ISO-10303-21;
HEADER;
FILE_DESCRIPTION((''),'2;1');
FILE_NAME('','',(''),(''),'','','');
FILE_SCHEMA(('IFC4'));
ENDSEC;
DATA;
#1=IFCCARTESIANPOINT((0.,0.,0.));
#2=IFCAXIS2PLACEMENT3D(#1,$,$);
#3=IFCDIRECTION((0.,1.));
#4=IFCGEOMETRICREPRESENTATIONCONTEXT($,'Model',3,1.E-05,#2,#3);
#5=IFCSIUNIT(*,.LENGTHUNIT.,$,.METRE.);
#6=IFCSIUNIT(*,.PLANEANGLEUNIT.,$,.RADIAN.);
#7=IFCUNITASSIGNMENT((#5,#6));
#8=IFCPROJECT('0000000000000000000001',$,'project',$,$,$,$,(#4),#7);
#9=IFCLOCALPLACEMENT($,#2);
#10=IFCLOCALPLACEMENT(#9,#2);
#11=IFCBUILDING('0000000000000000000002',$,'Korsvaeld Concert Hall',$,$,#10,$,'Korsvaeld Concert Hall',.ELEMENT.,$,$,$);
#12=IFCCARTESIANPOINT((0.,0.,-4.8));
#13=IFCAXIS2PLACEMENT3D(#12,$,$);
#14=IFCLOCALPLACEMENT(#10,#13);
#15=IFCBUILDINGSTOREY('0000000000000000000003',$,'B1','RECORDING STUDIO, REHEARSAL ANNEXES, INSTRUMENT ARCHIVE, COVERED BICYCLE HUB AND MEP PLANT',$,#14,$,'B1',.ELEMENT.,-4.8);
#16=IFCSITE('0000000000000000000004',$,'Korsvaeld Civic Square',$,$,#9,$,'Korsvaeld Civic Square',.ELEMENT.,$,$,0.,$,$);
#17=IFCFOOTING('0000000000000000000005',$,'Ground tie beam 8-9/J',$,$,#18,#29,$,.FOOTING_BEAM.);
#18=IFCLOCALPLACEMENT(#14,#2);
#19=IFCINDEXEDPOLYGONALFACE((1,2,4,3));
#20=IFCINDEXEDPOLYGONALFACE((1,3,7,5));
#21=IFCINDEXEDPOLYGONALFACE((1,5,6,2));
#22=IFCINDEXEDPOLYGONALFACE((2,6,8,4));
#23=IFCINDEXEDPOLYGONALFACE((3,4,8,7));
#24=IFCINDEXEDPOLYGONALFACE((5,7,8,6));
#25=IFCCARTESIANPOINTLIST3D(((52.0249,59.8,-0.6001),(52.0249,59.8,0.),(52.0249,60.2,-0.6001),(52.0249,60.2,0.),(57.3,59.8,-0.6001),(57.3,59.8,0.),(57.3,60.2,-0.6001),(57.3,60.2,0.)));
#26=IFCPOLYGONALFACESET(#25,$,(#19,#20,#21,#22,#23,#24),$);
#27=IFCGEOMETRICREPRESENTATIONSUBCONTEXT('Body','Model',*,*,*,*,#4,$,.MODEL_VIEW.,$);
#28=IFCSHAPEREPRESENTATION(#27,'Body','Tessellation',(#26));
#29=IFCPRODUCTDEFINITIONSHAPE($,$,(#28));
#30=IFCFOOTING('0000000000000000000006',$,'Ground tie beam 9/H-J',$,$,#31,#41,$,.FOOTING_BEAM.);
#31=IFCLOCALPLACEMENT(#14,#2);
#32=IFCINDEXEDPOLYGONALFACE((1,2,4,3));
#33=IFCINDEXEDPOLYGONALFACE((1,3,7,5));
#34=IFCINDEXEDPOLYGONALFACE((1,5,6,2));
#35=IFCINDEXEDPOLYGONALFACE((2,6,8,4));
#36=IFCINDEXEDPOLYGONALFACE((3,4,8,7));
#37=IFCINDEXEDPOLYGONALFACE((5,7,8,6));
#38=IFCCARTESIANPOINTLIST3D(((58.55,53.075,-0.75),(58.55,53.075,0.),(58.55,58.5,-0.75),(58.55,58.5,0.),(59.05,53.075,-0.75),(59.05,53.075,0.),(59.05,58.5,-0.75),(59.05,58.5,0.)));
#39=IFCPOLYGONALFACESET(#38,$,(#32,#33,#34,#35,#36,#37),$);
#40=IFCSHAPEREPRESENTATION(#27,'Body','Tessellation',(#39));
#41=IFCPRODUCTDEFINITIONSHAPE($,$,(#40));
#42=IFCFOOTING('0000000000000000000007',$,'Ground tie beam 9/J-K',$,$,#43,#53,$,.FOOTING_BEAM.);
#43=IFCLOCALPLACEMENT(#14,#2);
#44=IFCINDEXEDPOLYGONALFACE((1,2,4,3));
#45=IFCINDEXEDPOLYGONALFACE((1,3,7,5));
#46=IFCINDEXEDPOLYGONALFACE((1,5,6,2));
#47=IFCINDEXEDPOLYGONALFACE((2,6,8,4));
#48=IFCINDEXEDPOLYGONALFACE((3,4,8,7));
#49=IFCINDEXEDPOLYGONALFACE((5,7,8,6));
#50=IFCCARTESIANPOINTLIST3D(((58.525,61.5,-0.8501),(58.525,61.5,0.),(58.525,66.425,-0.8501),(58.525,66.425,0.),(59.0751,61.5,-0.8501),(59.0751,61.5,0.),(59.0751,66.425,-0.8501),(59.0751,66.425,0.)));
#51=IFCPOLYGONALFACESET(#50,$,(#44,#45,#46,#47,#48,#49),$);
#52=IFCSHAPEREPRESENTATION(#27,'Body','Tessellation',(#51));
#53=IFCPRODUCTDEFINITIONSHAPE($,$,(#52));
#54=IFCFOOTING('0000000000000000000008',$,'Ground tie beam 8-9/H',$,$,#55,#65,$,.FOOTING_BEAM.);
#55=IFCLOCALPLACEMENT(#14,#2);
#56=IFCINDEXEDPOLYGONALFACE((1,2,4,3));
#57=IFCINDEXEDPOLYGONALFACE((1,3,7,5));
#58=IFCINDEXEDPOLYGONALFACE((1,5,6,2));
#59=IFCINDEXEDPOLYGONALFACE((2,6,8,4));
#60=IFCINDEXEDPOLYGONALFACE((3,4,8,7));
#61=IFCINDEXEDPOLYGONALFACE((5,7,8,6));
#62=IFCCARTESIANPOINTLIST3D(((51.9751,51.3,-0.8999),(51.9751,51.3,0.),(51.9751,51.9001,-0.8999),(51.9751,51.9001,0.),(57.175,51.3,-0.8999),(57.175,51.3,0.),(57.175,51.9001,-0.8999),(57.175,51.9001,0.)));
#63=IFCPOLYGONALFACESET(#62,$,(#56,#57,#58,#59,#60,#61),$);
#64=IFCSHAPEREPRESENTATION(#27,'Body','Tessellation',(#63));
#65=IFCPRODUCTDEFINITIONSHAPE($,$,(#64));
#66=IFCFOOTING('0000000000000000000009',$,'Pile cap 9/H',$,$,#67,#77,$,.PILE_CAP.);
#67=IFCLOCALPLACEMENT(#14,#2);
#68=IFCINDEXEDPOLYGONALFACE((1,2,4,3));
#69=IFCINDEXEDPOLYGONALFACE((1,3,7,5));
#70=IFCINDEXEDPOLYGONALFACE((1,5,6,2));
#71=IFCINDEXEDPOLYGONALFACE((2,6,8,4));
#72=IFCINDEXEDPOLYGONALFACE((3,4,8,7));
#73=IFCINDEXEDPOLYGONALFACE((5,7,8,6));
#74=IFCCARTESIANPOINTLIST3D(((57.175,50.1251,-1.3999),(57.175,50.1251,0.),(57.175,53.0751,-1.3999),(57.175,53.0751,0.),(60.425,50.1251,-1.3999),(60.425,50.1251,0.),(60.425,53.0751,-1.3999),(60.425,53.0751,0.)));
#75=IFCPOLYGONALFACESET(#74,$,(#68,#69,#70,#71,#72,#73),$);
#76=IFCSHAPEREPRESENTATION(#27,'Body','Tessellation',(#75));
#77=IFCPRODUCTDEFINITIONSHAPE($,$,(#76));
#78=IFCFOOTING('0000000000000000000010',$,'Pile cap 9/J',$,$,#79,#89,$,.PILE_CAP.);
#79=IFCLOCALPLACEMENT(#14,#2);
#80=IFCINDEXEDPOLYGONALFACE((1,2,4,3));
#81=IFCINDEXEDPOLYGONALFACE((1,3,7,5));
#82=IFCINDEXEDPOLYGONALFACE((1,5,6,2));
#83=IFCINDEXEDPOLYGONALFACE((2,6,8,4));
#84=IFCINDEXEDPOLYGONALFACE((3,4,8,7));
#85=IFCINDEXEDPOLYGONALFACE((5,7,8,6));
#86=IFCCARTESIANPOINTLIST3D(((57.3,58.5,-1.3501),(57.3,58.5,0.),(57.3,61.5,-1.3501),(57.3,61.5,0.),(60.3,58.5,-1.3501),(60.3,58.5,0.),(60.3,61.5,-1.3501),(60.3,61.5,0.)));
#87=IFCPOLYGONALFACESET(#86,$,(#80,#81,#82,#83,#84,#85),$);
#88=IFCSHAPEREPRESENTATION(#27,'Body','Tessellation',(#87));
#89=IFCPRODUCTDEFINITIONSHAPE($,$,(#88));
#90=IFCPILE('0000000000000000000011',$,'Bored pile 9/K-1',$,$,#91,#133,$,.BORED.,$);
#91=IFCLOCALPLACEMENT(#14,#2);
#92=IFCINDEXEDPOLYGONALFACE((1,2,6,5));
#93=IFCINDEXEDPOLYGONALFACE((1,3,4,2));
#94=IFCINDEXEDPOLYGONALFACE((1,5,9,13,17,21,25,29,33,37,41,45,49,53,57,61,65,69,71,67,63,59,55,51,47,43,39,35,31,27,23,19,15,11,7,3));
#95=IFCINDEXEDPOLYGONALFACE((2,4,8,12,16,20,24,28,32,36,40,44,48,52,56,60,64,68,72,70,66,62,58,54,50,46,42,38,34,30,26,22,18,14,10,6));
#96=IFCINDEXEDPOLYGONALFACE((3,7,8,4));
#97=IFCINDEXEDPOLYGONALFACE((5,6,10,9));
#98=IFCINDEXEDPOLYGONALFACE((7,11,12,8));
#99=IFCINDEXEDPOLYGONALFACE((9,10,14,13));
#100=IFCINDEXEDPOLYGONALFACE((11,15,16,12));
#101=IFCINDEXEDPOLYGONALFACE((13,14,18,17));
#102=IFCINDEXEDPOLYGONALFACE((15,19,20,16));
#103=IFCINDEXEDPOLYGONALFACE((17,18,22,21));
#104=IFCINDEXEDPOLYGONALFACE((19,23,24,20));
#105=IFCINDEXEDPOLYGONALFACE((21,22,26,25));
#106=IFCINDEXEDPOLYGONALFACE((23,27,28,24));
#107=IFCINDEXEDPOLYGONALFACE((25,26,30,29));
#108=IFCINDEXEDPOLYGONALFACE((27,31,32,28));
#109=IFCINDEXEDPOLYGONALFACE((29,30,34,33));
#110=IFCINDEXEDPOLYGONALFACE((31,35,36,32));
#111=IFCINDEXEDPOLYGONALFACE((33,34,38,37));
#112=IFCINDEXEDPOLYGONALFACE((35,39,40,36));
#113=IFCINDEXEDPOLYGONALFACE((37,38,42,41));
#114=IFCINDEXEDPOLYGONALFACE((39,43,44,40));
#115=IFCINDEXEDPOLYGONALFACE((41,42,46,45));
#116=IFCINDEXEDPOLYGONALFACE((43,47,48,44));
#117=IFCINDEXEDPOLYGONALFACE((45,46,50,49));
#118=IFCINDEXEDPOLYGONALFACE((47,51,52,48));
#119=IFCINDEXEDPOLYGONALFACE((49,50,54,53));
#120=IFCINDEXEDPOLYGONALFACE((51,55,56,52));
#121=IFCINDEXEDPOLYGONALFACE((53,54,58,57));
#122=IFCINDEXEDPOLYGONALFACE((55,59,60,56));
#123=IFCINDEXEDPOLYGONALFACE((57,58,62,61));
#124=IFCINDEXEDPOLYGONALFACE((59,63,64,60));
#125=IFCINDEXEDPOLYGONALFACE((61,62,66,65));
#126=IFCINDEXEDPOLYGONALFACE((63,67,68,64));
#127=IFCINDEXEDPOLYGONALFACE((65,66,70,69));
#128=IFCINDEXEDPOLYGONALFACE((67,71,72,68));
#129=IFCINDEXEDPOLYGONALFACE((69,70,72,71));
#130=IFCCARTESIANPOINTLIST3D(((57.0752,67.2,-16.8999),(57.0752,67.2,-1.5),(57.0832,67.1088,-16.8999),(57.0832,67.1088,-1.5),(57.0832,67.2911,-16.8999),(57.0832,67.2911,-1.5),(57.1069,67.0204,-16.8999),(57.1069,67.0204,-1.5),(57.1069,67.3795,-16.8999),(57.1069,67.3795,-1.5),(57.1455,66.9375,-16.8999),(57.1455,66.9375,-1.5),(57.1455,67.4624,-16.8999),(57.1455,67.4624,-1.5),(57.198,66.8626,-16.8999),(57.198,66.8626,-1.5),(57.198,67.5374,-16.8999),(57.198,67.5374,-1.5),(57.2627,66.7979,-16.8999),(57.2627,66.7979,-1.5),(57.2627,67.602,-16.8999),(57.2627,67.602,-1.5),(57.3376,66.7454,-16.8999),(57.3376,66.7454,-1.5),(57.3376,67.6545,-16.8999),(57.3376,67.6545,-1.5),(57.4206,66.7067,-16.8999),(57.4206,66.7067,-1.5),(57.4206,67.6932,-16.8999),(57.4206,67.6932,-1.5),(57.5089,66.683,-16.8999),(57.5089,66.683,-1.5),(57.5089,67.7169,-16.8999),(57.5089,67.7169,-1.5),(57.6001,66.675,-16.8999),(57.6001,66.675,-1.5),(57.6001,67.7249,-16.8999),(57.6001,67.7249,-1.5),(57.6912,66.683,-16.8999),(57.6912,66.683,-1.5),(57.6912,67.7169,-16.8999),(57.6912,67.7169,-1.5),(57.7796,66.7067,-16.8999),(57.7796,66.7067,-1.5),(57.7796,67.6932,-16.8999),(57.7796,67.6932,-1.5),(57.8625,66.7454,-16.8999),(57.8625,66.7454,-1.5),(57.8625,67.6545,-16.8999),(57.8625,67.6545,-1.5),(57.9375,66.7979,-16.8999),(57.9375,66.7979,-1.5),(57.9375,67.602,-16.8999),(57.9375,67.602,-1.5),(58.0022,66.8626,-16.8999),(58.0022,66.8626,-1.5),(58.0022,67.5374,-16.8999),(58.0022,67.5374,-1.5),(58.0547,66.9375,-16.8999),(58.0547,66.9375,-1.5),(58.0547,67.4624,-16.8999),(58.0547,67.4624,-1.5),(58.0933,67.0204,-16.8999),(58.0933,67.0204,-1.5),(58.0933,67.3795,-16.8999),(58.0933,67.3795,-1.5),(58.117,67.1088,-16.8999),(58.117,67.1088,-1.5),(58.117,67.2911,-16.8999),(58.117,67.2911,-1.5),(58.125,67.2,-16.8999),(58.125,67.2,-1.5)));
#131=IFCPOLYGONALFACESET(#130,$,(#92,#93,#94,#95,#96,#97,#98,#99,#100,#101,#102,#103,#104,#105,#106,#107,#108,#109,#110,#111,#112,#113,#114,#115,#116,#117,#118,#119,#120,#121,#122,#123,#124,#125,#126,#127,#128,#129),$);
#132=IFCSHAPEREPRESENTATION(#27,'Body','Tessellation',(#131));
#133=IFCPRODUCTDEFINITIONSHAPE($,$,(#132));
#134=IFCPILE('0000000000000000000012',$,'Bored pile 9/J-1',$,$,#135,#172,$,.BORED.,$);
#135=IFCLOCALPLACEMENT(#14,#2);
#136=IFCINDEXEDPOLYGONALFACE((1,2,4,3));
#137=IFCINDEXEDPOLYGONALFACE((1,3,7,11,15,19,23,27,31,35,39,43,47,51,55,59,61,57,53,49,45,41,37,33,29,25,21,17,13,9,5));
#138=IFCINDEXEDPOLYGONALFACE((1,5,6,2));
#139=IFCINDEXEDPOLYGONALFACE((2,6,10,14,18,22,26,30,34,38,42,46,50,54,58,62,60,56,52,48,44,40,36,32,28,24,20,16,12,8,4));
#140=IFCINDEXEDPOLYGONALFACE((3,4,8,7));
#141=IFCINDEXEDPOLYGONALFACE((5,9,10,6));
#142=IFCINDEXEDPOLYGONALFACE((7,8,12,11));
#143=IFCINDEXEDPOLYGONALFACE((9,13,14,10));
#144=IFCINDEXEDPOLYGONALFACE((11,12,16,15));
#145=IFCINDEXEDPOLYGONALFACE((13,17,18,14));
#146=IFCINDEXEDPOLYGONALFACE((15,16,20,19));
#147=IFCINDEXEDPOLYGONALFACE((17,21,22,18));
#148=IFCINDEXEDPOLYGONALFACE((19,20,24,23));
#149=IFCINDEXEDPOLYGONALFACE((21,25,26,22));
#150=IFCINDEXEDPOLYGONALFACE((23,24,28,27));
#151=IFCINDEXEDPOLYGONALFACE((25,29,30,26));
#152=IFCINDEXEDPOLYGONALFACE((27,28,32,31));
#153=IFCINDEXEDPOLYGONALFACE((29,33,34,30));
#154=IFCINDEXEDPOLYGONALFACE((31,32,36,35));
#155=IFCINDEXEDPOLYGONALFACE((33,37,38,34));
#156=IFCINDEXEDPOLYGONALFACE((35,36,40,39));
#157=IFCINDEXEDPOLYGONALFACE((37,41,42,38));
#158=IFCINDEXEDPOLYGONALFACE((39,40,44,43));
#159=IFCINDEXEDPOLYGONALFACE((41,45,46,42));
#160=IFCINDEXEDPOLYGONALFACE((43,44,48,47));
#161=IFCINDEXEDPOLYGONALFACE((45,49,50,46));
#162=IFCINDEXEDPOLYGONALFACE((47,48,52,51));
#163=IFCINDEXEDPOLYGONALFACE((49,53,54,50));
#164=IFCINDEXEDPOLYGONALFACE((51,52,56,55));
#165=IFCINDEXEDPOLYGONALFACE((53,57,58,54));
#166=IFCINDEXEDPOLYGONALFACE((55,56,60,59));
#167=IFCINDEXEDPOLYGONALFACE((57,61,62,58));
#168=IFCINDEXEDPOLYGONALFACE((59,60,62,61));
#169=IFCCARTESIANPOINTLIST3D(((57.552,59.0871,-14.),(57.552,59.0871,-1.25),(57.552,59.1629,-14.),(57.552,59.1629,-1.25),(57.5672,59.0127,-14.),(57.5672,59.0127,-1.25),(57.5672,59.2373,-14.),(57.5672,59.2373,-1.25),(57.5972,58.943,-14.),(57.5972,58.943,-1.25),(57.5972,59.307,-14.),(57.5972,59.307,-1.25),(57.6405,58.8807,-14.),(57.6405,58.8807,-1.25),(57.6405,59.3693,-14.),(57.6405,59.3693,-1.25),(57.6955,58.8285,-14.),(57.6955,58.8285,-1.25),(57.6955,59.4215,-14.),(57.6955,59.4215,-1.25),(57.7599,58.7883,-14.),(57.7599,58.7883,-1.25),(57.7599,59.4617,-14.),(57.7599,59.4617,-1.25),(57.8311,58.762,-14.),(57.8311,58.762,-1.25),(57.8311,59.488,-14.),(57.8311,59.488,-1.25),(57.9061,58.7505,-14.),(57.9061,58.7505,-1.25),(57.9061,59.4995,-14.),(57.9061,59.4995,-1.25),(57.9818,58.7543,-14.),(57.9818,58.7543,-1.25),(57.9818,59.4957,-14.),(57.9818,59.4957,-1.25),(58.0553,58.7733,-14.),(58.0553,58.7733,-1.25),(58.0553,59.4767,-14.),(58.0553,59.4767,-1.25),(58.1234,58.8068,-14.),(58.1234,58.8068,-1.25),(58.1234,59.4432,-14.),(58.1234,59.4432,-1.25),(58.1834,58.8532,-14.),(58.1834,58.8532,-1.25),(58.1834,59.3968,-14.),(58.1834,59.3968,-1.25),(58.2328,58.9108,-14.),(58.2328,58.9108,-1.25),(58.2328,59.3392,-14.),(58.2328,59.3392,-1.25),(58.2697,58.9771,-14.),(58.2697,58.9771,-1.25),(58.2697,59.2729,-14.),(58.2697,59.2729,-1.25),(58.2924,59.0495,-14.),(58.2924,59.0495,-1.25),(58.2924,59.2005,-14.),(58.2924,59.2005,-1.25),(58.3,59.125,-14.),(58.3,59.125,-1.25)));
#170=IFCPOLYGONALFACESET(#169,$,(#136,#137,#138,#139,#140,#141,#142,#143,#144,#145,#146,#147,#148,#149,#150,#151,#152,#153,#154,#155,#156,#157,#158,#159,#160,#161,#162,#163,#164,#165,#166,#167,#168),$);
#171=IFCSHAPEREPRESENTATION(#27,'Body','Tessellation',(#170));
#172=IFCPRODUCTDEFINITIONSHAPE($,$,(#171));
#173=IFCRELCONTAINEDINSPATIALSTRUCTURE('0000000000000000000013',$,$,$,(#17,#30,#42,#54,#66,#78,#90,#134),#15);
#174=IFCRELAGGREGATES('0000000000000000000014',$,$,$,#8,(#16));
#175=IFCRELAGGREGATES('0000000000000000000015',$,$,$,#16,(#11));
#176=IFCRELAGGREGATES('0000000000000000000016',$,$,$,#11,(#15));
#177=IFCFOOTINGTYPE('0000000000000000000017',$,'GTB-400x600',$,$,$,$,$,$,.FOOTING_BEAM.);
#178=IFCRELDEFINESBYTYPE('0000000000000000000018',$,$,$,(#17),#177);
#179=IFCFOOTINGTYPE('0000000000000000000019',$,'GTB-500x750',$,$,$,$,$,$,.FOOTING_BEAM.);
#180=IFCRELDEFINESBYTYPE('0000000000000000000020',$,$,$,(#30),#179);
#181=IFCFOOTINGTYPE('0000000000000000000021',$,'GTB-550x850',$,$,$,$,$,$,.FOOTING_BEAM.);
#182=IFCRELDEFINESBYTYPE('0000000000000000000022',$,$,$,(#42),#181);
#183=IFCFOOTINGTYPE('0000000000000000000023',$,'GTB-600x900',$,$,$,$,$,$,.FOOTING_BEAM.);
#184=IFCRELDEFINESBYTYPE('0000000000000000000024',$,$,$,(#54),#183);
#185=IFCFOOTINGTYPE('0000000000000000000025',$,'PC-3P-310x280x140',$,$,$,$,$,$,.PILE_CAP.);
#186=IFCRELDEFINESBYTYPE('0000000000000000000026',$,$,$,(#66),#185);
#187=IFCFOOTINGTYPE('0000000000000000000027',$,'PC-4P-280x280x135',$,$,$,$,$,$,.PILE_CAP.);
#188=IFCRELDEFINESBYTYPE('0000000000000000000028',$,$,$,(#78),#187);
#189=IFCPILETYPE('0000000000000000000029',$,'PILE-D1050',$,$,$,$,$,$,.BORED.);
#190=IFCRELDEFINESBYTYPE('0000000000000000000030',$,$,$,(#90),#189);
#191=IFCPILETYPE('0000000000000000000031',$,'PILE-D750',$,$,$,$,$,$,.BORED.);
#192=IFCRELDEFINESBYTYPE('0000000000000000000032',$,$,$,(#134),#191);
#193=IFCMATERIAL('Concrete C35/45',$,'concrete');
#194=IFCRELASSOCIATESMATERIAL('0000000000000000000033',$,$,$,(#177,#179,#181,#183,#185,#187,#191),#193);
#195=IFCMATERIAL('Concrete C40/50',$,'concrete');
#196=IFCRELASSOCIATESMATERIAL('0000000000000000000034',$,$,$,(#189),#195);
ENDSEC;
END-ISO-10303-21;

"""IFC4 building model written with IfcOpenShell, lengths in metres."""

from ifc_helpers import new_model, si_unit, direction, frame, origin, origin_2d, place, context, subcontext, project, spatial, rectangle, circle, extrude, material, material_profile, profile_set, type_object, element, save


model = new_model("IFC4")

# Units and contexts
model_context = context("Model", 3, precision=1e-05, world=origin(), true_north=direction((0.0, 1.0)))
body_context = subcontext(model_context, "Body", "Model", "MODEL_VIEW")
ifc_project = project(units=[si_unit("LENGTHUNIT", "METRE"), si_unit("PLANEANGLEUNIT", "RADIAN")], contexts=[model_context])

# Site, building, storey
site_placement = place(None, origin())
site = spatial("IfcSite", under=ifc_project, at=site_placement, Name="Korsvaeld Civic Square", LongName="Korsvaeld Civic Square", CompositionType="ELEMENT", RefElevation=0.0)
building_placement = place(site_placement, origin())
building = spatial("IfcBuilding", under=site, at=building_placement, Name="Korsvaeld Concert Hall", LongName="Korsvaeld Concert Hall", CompositionType="ELEMENT")
storey_placement = place(building_placement, frame((0.0, 0.0, -4.8)))
storey = spatial("IfcBuildingStorey", under=building, at=storey_placement, Name="B1", Description="RECORDING STUDIO, REHEARSAL ANNEXES, INSTRUMENT ARCHIVE, COVERED BICYCLE HUB AND MEP PLANT", LongName="B1", CompositionType="ELEMENT", Elevation=-4.8)

# Footings
ifc_material_1 = material(Name="Concrete C35/45", Category="concrete")
ifc_material_profile_1 = material_profile(ifc_material_1, rectangle(XDim=0.3999, YDim=0.6001, at=origin_2d()), Name="GTB 400x600")
ifc_profile_set_1 = profile_set([ifc_material_profile_1], Name="Concrete C35/45")
footing_type_1 = type_object("IfcFootingType", Name="GTB-400x600", PredefinedType="FOOTING_BEAM", material=ifc_profile_set_1)
footing_1_placement = place(storey_placement, frame((52.0249, 60.0, -0.3), z_axis=(1.0, 0.0, 0.0), x_axis=(0.0, 1.0, 0.0)))
element("IfcFooting", 1, at=footing_1_placement, inside=storey, type_object=footing_type_1, Name="Ground tie beam 8-9/J", PredefinedType="FOOTING_BEAM", context=body_context, shape_type="SweptSolid", body=[
    extrude(rectangle(XDim=0.3999, YDim=0.6001, at=origin_2d()), origin(), (0.0, 0.0, 1.0), 5.2751),
])
ifc_material_profile_2 = material_profile(ifc_material_1, rectangle(XDim=0.5, YDim=0.75, at=origin_2d()), Name="GTB 500x750")
ifc_profile_set_2 = profile_set([ifc_material_profile_2], Name="Concrete C35/45")
footing_type_2 = type_object("IfcFootingType", Name="GTB-500x750", PredefinedType="FOOTING_BEAM", material=ifc_profile_set_2)
footing_2_placement = place(storey_placement, frame((58.8, 53.075, -0.375), z_axis=(0.0, 1.0, 0.0), x_axis=(-1.0, 0.0, 0.0)))
element("IfcFooting", 2, at=footing_2_placement, inside=storey, type_object=footing_type_2, Name="Ground tie beam 9/H-J", PredefinedType="FOOTING_BEAM", context=body_context, shape_type="SweptSolid", body=[
    extrude(rectangle(XDim=0.5, YDim=0.75, at=origin_2d()), origin(), (0.0, 0.0, 1.0), 5.425),
])
ifc_material_profile_3 = material_profile(ifc_material_1, rectangle(XDim=0.55, YDim=0.8501, at=origin_2d()), Name="GTB 550x850")
ifc_profile_set_3 = profile_set([ifc_material_profile_3], Name="Concrete C35/45")
footing_type_3 = type_object("IfcFootingType", Name="GTB-550x850", PredefinedType="FOOTING_BEAM", material=ifc_profile_set_3)
footing_3_placement = place(storey_placement, frame((58.8, 61.5, -0.425), z_axis=(0.0, 1.0, 0.0), x_axis=(-1.0, 0.0, 0.0)))
element("IfcFooting", 3, at=footing_3_placement, inside=storey, type_object=footing_type_3, Name="Ground tie beam 9/J-K", PredefinedType="FOOTING_BEAM", context=body_context, shape_type="SweptSolid", body=[
    extrude(rectangle(XDim=0.55, YDim=0.8501, at=origin_2d()), origin(), (0.0, 0.0, 1.0), 4.925),
])
ifc_material_profile_4 = material_profile(ifc_material_1, rectangle(XDim=0.6001, YDim=0.8999, at=origin_2d()), Name="GTB 600x900")
ifc_profile_set_4 = profile_set([ifc_material_profile_4], Name="Concrete C35/45")
footing_type_4 = type_object("IfcFootingType", Name="GTB-600x900", PredefinedType="FOOTING_BEAM", material=ifc_profile_set_4)
footing_4_placement = place(storey_placement, frame((51.9751, 51.6001, -0.45), z_axis=(1.0, 0.0, 0.0), x_axis=(0.0, 1.0, 0.0)))
element("IfcFooting", 4, at=footing_4_placement, inside=storey, type_object=footing_type_4, Name="Ground tie beam 8-9/H", PredefinedType="FOOTING_BEAM", context=body_context, shape_type="SweptSolid", body=[
    extrude(rectangle(XDim=0.6001, YDim=0.8999, at=origin_2d()), origin(), (0.0, 0.0, 1.0), 5.2),
])
footing_type_5 = type_object("IfcFootingType", Name="PC-3P-310x280x140", PredefinedType="PILE_CAP", material=ifc_material_1)
footing_5_placement = place(storey_placement, frame((58.8, 51.6001, -1.3999), z_axis=(0.0, 0.0, 1.0), x_axis=(1.0, 0.0, 0.0)))
element("IfcFooting", 5, at=footing_5_placement, inside=storey, type_object=footing_type_5, Name="Pile cap 9/H", PredefinedType="PILE_CAP", context=body_context, shape_type="SweptSolid", body=[
    extrude(rectangle(XDim=3.25, YDim=2.95, at=origin_2d()), origin(), (0.0, 0.0, 1.0), 1.3999),
])
footing_type_6 = type_object("IfcFootingType", Name="PC-4P-280x280x135", PredefinedType="PILE_CAP", material=ifc_material_1)
footing_6_placement = place(storey_placement, frame((58.8, 60.0, -1.3501), z_axis=(0.0, 0.0, 1.0), x_axis=(1.0, 0.0, 0.0)))
element("IfcFooting", 6, at=footing_6_placement, inside=storey, type_object=footing_type_6, Name="Pile cap 9/J", PredefinedType="PILE_CAP", context=body_context, shape_type="SweptSolid", body=[
    extrude(rectangle(XDim=3.0, YDim=3.0, at=origin_2d()), origin(), (0.0, 0.0, 1.0), 1.3501),
])

# Piles
ifc_material_2 = material(Name="Concrete C40/50", Category="concrete")
ifc_material_profile_5 = material_profile(ifc_material_2, circle(Radius=0.5249, at=origin_2d()), Name="BORED PILE D1050")
ifc_profile_set_5 = profile_set([ifc_material_profile_5], Name="Concrete C40/50")
pile_type_1 = type_object("IfcPileType", Name="PILE-D1050", PredefinedType="BORED", material=ifc_profile_set_5)
pile_1_placement = place(storey_placement, frame((57.6001, 67.2, -1.5), z_axis=(0.0, 0.0, -1.0), x_axis=(1.0, 0.0, 0.0)))
element("IfcPile", 7, at=pile_1_placement, inside=storey, type_object=pile_type_1, Name="Bored pile 9/K-1", PredefinedType="BORED", context=body_context, shape_type="SweptSolid", body=[
    extrude(circle(Radius=0.5249, at=origin_2d()), origin(), (0.0, 0.0, 1.0), 15.3999),
])
ifc_material_profile_6 = material_profile(ifc_material_1, circle(Radius=0.375, at=origin_2d()), Name="BORED PILE D750")
ifc_profile_set_6 = profile_set([ifc_material_profile_6], Name="Concrete C35/45")
pile_type_2 = type_object("IfcPileType", Name="PILE-D750", PredefinedType="BORED", material=ifc_profile_set_6)
for number, where, z_axis, x_axis, name in (
    (8, (57.925, 59.125, -1.25), (0.0, 0.0, -1.0), (1.0, 0.0, 0.0), "Bored pile 9/J-1"),
):
    element("IfcPile", number, at=place(storey_placement, frame(where, z_axis=z_axis, x_axis=x_axis)), inside=storey, type_object=pile_type_2, Name=name, PredefinedType="BORED", context=body_context, shape_type="SweptSolid", body=[
        extrude(circle(Radius=0.375, at=origin_2d()), origin(), (0.0, 0.0, 1.0), 12.75),
    ])

save(model, "model.ifc")
